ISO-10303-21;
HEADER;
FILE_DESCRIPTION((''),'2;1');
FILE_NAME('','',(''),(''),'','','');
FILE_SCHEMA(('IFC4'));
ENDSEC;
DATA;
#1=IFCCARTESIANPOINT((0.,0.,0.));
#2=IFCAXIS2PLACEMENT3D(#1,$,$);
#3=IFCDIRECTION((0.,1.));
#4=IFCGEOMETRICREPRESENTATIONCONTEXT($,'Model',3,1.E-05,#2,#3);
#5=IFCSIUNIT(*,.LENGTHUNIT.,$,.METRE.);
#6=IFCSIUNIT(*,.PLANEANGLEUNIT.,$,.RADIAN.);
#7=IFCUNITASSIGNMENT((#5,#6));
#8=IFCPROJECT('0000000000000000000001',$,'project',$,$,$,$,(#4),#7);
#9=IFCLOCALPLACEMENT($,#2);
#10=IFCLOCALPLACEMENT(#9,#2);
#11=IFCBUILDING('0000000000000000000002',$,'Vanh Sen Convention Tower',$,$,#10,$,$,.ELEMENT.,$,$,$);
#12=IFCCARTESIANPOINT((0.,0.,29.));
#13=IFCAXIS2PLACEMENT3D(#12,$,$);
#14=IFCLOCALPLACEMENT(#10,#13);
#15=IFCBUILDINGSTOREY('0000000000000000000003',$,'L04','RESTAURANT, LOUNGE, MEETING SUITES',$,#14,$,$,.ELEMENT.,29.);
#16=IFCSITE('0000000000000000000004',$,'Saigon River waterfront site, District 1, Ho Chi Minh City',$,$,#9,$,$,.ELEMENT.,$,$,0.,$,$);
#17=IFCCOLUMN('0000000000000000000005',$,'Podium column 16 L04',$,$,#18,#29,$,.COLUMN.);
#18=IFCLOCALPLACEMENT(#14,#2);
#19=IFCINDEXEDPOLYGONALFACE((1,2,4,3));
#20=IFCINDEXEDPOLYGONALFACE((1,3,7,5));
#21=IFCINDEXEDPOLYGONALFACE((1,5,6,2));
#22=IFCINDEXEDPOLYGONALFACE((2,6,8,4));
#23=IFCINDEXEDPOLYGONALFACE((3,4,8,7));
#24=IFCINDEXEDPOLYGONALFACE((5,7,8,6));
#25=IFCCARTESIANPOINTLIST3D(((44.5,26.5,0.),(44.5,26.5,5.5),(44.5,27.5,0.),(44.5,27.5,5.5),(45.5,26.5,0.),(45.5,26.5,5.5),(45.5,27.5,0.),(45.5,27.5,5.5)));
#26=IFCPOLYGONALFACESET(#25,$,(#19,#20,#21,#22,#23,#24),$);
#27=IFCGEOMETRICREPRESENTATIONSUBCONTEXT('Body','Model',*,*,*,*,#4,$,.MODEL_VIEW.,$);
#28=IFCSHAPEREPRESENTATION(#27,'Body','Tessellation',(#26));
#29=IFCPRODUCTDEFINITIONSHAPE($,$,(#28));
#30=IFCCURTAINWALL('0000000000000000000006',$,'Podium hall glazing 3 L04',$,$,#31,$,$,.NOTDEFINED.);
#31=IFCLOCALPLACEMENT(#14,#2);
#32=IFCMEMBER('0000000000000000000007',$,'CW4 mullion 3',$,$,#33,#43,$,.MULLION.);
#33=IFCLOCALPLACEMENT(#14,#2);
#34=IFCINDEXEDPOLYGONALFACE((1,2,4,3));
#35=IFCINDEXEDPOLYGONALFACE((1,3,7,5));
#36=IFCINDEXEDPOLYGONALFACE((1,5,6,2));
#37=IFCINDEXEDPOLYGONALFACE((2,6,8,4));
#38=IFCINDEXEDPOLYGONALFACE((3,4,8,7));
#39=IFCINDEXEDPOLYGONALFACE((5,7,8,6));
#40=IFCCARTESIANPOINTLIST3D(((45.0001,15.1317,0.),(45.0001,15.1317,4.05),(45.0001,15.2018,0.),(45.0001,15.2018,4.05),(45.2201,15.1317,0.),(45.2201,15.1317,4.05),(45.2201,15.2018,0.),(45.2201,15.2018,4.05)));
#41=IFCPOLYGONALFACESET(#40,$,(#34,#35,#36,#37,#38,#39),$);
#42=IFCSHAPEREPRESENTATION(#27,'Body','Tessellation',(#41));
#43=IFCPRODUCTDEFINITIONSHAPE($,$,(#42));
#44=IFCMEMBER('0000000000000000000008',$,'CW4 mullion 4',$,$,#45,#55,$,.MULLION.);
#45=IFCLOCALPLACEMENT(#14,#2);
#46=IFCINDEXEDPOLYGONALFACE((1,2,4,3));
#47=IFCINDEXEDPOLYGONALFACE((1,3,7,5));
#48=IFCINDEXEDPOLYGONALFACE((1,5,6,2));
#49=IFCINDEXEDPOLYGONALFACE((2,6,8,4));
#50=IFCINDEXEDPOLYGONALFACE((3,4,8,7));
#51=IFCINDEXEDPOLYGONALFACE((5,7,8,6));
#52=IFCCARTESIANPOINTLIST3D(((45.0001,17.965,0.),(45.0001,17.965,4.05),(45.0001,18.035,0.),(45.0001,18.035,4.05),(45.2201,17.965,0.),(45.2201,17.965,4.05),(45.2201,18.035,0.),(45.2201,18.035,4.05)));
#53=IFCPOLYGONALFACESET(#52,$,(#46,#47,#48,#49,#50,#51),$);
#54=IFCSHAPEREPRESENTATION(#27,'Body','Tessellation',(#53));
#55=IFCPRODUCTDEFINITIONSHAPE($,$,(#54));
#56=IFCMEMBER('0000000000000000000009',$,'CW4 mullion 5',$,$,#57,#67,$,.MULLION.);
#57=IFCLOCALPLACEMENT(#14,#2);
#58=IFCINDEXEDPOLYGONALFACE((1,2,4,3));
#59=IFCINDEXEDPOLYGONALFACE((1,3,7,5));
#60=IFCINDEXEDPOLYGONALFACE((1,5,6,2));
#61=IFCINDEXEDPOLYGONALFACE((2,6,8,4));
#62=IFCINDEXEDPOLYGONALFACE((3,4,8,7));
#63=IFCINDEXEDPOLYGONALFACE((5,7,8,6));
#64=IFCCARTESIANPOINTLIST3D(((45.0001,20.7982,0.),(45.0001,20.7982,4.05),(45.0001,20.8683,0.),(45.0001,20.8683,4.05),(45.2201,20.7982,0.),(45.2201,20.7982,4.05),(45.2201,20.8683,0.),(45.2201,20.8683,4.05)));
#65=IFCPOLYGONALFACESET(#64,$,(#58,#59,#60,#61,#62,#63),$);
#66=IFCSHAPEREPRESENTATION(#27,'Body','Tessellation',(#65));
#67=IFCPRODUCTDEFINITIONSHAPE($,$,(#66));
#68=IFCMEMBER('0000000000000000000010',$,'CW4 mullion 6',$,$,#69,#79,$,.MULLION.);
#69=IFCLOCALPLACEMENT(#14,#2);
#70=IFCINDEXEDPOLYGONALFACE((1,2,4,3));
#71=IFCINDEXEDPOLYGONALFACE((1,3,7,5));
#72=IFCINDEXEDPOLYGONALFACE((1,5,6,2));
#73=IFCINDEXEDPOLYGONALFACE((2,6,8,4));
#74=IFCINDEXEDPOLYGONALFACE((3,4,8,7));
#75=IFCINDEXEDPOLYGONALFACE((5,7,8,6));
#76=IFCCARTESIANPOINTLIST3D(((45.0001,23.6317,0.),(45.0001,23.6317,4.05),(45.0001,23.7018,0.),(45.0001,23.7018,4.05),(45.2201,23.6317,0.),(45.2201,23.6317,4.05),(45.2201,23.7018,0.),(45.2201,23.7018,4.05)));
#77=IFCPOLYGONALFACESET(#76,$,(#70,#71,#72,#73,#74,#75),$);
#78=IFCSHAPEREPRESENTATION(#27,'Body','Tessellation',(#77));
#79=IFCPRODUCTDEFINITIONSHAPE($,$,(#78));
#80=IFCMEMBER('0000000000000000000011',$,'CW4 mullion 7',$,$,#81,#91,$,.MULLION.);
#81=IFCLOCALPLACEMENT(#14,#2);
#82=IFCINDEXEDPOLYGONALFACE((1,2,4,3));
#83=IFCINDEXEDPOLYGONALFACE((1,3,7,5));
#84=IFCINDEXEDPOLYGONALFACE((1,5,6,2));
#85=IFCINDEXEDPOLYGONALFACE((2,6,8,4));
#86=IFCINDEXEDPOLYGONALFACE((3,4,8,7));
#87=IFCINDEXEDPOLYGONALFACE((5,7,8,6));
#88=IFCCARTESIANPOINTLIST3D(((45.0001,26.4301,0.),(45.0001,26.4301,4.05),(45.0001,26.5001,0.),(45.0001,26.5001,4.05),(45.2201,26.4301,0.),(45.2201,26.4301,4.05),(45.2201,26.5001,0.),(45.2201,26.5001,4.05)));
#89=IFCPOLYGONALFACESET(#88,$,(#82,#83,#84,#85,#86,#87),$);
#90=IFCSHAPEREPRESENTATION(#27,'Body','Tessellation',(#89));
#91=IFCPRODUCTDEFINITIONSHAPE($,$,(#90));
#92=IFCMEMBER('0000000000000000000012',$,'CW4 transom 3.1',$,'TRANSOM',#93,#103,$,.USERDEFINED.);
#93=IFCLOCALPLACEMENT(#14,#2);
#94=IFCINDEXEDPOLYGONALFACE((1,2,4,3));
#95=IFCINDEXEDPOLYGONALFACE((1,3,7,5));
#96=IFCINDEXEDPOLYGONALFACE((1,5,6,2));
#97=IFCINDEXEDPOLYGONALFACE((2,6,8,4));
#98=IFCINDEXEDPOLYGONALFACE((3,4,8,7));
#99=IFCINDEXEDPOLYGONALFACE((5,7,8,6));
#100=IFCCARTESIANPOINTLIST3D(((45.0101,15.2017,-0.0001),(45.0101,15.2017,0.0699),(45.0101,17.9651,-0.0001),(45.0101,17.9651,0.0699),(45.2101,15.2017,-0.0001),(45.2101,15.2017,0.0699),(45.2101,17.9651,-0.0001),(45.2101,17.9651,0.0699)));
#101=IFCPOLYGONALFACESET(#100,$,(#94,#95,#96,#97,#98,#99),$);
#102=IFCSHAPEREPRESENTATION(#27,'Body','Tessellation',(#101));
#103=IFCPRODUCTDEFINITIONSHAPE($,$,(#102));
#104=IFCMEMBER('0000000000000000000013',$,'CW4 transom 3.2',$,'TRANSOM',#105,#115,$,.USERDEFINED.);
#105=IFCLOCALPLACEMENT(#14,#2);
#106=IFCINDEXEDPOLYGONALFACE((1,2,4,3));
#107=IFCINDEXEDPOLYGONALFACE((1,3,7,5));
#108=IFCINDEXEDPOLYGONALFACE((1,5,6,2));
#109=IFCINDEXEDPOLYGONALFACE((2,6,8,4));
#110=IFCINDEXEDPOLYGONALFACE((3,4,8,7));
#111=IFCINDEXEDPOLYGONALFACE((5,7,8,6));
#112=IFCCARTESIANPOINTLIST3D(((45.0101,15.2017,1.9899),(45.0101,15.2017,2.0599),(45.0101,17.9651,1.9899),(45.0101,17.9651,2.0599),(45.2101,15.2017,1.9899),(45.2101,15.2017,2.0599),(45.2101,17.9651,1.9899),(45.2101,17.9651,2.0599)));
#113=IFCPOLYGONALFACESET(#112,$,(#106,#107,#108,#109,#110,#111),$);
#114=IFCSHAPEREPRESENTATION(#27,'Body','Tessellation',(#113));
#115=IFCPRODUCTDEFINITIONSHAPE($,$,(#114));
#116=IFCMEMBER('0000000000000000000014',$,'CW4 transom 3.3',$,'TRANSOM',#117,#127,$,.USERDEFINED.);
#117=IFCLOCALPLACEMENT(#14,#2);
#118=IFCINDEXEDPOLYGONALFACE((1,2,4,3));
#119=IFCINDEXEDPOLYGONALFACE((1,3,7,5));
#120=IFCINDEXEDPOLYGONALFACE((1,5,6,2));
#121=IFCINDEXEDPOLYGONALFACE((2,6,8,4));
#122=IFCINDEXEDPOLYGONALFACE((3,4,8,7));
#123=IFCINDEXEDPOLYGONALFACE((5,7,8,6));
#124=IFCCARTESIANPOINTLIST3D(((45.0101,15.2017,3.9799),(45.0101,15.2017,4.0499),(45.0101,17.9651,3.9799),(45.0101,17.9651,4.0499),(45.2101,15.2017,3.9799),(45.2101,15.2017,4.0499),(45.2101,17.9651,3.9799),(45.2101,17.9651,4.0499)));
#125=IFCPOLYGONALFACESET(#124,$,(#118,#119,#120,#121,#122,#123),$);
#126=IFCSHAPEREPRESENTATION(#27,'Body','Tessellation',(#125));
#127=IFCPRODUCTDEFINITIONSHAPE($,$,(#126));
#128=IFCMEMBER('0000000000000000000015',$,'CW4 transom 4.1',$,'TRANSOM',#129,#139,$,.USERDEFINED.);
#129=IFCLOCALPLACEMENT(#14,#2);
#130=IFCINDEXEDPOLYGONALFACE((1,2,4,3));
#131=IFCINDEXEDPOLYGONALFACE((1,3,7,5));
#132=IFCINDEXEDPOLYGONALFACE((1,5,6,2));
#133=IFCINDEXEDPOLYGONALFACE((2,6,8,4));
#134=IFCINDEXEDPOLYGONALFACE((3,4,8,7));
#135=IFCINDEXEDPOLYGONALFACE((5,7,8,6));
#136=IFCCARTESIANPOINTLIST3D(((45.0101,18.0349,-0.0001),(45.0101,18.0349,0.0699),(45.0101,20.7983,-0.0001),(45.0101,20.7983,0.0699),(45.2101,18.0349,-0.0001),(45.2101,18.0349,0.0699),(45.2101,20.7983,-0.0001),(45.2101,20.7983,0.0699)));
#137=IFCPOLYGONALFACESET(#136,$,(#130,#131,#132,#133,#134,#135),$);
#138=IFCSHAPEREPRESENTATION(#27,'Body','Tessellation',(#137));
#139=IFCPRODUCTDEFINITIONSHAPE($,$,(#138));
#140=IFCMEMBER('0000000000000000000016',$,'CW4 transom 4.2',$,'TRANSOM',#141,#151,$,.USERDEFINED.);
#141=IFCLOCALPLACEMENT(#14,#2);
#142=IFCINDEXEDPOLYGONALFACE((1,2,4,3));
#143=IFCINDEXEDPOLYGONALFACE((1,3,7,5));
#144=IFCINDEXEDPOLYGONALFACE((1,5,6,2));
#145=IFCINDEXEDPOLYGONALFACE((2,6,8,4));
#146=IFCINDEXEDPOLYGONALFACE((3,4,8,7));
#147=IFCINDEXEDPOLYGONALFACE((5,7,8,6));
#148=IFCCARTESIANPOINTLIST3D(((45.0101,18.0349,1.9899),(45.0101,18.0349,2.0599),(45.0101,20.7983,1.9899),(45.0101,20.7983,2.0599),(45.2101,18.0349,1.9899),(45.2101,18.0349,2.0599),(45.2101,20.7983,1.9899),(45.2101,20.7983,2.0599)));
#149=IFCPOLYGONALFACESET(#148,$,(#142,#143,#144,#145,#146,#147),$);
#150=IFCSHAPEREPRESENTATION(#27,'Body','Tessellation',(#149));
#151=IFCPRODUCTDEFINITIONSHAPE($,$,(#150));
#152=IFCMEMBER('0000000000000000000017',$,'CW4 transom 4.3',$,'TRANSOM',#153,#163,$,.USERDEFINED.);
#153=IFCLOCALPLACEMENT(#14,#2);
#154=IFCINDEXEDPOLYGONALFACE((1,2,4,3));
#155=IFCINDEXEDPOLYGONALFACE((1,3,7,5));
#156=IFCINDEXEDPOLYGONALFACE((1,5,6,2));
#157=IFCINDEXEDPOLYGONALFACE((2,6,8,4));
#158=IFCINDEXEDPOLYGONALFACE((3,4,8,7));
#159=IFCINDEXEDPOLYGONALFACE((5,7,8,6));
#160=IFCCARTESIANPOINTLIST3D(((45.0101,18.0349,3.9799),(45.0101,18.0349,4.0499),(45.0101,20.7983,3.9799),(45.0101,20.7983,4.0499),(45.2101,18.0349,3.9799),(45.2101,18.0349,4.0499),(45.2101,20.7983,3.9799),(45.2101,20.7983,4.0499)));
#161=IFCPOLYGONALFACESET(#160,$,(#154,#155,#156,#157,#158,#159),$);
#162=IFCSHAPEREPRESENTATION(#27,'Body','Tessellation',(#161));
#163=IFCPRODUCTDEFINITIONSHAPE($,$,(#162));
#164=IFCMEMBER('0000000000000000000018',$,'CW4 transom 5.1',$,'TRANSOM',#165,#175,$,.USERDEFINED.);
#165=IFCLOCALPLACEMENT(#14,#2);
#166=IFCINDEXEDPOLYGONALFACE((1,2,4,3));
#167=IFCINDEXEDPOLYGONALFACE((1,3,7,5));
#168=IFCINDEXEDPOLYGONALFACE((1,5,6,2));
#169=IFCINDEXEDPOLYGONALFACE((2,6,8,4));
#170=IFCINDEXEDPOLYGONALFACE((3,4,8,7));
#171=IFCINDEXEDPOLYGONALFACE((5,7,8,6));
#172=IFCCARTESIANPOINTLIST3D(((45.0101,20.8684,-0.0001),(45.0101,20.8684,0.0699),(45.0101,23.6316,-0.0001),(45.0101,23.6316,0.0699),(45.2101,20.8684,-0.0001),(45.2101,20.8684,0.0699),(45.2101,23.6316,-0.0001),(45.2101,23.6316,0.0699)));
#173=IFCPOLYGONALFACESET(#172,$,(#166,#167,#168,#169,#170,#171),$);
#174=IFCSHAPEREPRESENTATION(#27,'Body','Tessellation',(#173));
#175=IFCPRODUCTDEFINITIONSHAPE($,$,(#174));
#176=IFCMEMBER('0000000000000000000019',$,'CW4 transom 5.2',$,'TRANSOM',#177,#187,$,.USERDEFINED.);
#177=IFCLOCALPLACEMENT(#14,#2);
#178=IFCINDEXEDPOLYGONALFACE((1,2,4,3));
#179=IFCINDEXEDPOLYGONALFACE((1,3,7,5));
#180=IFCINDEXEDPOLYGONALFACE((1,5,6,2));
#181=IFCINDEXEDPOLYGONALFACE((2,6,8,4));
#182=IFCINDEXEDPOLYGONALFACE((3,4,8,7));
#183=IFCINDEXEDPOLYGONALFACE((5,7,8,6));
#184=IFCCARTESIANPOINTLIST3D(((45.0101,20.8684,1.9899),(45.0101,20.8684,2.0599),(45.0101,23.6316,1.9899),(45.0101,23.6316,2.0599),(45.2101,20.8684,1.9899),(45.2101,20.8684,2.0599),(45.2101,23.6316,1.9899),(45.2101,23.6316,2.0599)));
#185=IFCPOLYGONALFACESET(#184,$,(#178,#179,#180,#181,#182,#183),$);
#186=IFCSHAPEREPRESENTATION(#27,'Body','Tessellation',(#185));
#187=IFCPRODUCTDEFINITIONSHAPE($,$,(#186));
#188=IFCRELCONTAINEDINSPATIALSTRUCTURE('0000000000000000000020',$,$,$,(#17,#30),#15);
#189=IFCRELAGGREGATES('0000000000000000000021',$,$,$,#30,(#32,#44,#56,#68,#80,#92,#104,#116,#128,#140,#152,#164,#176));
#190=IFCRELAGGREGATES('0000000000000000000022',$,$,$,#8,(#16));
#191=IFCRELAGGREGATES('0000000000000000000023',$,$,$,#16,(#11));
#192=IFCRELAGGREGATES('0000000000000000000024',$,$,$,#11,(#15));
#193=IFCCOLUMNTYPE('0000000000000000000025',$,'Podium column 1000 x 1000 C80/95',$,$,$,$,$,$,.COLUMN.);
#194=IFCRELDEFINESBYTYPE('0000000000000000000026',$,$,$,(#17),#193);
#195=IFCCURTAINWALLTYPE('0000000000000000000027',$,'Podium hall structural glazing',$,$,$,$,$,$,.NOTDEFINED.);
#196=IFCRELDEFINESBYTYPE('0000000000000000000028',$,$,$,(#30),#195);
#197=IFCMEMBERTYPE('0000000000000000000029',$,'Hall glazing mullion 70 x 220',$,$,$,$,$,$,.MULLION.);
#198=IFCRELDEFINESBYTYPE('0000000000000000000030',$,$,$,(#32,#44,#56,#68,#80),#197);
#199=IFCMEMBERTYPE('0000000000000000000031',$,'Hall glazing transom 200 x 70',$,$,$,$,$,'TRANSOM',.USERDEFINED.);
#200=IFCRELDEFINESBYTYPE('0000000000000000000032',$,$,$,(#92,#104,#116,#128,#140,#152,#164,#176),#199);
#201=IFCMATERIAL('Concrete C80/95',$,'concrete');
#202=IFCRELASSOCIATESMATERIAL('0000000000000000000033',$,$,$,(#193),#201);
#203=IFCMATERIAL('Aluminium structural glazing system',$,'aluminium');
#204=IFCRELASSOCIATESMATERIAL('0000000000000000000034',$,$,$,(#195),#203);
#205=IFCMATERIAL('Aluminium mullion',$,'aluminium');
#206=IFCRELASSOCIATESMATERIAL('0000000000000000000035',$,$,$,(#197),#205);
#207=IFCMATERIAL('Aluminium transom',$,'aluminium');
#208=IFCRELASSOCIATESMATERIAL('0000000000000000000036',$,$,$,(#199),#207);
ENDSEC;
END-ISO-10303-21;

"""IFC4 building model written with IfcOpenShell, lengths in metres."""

from ifc_helpers import new_model, si_unit, direction, frame, origin, origin_2d, place, context, subcontext, project, spatial, rectangle, extrude, material, material_profile, profile_set, type_object, element, aggregate, save


model = new_model("IFC4")

# Units and contexts
model_context = context("Model", 3, precision=1e-05, world=origin(), true_north=direction((0.0, 1.0)))
body_context = subcontext(model_context, "Body", "Model", "MODEL_VIEW")
ifc_project = project(units=[si_unit("LENGTHUNIT", "METRE"), si_unit("PLANEANGLEUNIT", "RADIAN")], contexts=[model_context])

# Site, building, storey
site_placement = place(None, origin())
site = spatial("IfcSite", under=ifc_project, at=site_placement, Name="Saigon River waterfront site, District 1, Ho Chi Minh City", CompositionType="ELEMENT", RefElevation=0.0)
building_placement = place(site_placement, origin())
building = spatial("IfcBuilding", under=site, at=building_placement, Name="Vanh Sen Convention Tower", CompositionType="ELEMENT")
storey_placement = place(building_placement, frame((0.0, 0.0, 29.0)))
storey = spatial("IfcBuildingStorey", under=building, at=storey_placement, Name="L04", Description="RESTAURANT, LOUNGE, MEETING SUITES", CompositionType="ELEMENT", Elevation=29.0)

# Column
ifc_material_1 = material(Name="Concrete C80/95", Category="concrete")
ifc_material_profile_1 = material_profile(ifc_material_1, rectangle(XDim=1.0, YDim=1.0, at=origin_2d()), Name="RC 1000X1000")
ifc_profile_set_1 = profile_set([ifc_material_profile_1], Name="Concrete C80/95")
column_type = type_object("IfcColumnType", Name="Podium column 1000 x 1000 C80/95", PredefinedType="COLUMN", material=ifc_profile_set_1)
column_placement = place(storey_placement, frame((45.0, 27.0, 0.0), z_axis=(0.0, 0.0, 1.0), x_axis=(1.0, 0.0, 0.0)))
element("IfcColumn", 1, at=column_placement, inside=storey, type_object=column_type, Name="Podium column 16 L04", PredefinedType="COLUMN", context=body_context, shape_type="SweptSolid", body=[
    extrude(rectangle(XDim=1.0, YDim=1.0, at=origin_2d()), origin(), (0.0, 0.0, 1.0), 5.5),
])

# Curtain wall, members
ifc_material_2 = material(Name="Aluminium structural glazing system", Category="aluminium")
curtain_wall_type = type_object("IfcCurtainWallType", Name="Podium hall structural glazing", PredefinedType="NOTDEFINED", material=ifc_material_2)
curtain_wall_placement = place(storey_placement, origin())
curtain_wall = element("IfcCurtainWall", 2, at=curtain_wall_placement, inside=storey, type_object=curtain_wall_type, Name="Podium hall glazing 3 L04", PredefinedType="NOTDEFINED")
ifc_material_3 = material(Name="Aluminium mullion", Category="aluminium")
ifc_material_profile_2 = material_profile(ifc_material_3, rectangle(XDim=0.22, YDim=0.0701, at=origin_2d()), Name="Hall glazing mullion 70 x 220")
ifc_profile_set_2 = profile_set([ifc_material_profile_2], Name="Aluminium mullion")
member_type_1 = type_object("IfcMemberType", Name="Hall glazing mullion 70 x 220", PredefinedType="MULLION", material=ifc_profile_set_2)
member_1_placement = place(storey_placement, frame((45.1101, 15.1667, 0.0), z_axis=(0.0, 0.0, 1.0), x_axis=(-1.0, 0.0, 0.0)))
member_1 = element("IfcMember", 3, at=member_1_placement, type_object=member_type_1, Name="CW4 mullion 3", PredefinedType="MULLION", context=body_context, shape_type="SweptSolid", body=[
    extrude(rectangle(XDim=0.22, YDim=0.0701, at=origin_2d()), origin(), (0.0, 0.0, 1.0), 4.05),
])
member_2_placement = place(storey_placement, frame((45.1101, 18.0, 0.0), z_axis=(0.0, 0.0, 1.0), x_axis=(-1.0, 0.0, 0.0)))
member_2 = element("IfcMember", 4, at=member_2_placement, type_object=member_type_1, Name="CW4 mullion 4", PredefinedType="MULLION", context=body_context, shape_type="SweptSolid", body=[
    extrude(rectangle(XDim=0.22, YDim=0.0701, at=origin_2d()), origin(), (0.0, 0.0, 1.0), 4.05),
])
member_3_placement = place(storey_placement, frame((45.1101, 20.8333, 0.0), z_axis=(0.0, 0.0, 1.0), x_axis=(-1.0, 0.0, 0.0)))
member_3 = element("IfcMember", 5, at=member_3_placement, type_object=member_type_1, Name="CW4 mullion 5", PredefinedType="MULLION", context=body_context, shape_type="SweptSolid", body=[
    extrude(rectangle(XDim=0.22, YDim=0.0701, at=origin_2d()), origin(), (0.0, 0.0, 1.0), 4.05),
])
member_4_placement = place(storey_placement, frame((45.1101, 23.6667, 0.0), z_axis=(0.0, 0.0, 1.0), x_axis=(-1.0, 0.0, 0.0)))
member_4 = element("IfcMember", 6, at=member_4_placement, type_object=member_type_1, Name="CW4 mullion 6", PredefinedType="MULLION", context=body_context, shape_type="SweptSolid", body=[
    extrude(rectangle(XDim=0.22, YDim=0.0701, at=origin_2d()), origin(), (0.0, 0.0, 1.0), 4.05),
])
member_5_placement = place(storey_placement, frame((45.1101, 26.4651, 0.0), z_axis=(0.0, 0.0, 1.0), x_axis=(-1.0, 0.0, 0.0)))
member_5 = element("IfcMember", 7, at=member_5_placement, type_object=member_type_1, Name="CW4 mullion 7", PredefinedType="MULLION", context=body_context, shape_type="SweptSolid", body=[
    extrude(rectangle(XDim=0.22, YDim=0.0701, at=origin_2d()), origin(), (0.0, 0.0, 1.0), 4.05),
])
ifc_material_4 = material(Name="Aluminium transom", Category="aluminium")
ifc_material_profile_3 = material_profile(ifc_material_4, rectangle(XDim=0.2, YDim=0.0701, at=origin_2d()), Name="Hall glazing transom 200 x 70")
ifc_profile_set_3 = profile_set([ifc_material_profile_3], Name="Aluminium transom")
member_type_2 = type_object("IfcMemberType", Name="Hall glazing transom 200 x 70", ElementType="TRANSOM", PredefinedType="USERDEFINED", material=ifc_profile_set_3)
member_6_placement = place(storey_placement, frame((45.1101, 15.2017, 0.0349), z_axis=(0.0, 1.0, 0.0), x_axis=(-1.0, 0.0, 0.0)))
member_6 = element("IfcMember", 8, at=member_6_placement, type_object=member_type_2, Name="CW4 transom 3.1", ObjectType="TRANSOM", PredefinedType="USERDEFINED", context=body_context, shape_type="SweptSolid", body=[
    extrude(rectangle(XDim=0.2, YDim=0.0701, at=origin_2d()), origin(), (0.0, 0.0, 1.0), 2.7634),
])
member_7_placement = place(storey_placement, frame((45.1101, 15.2017, 2.0249), z_axis=(0.0, 1.0, 0.0), x_axis=(-1.0, 0.0, 0.0)))
member_7 = element("IfcMember", 9, at=member_7_placement, type_object=member_type_2, Name="CW4 transom 3.2", ObjectType="TRANSOM", PredefinedType="USERDEFINED", context=body_context, shape_type="SweptSolid", body=[
    extrude(rectangle(XDim=0.2, YDim=0.0701, at=origin_2d()), origin(), (0.0, 0.0, 1.0), 2.7634),
])
member_8_placement = place(storey_placement, frame((45.1101, 15.2017, 4.0149), z_axis=(0.0, 1.0, 0.0), x_axis=(-1.0, 0.0, 0.0)))
member_8 = element("IfcMember", 10, at=member_8_placement, type_object=member_type_2, Name="CW4 transom 3.3", ObjectType="TRANSOM", PredefinedType="USERDEFINED", context=body_context, shape_type="SweptSolid", body=[
    extrude(rectangle(XDim=0.2, YDim=0.0701, at=origin_2d()), origin(), (0.0, 0.0, 1.0), 2.7634),
])
member_9_placement = place(storey_placement, frame((45.1101, 18.0349, 0.0349), z_axis=(0.0, 1.0, 0.0), x_axis=(-1.0, 0.0, 0.0)))
member_9 = element("IfcMember", 11, at=member_9_placement, type_object=member_type_2, Name="CW4 transom 4.1", ObjectType="TRANSOM", PredefinedType="USERDEFINED", context=body_context, shape_type="SweptSolid", body=[
    extrude(rectangle(XDim=0.2, YDim=0.0701, at=origin_2d()), origin(), (0.0, 0.0, 1.0), 2.7634),
])
member_10_placement = place(storey_placement, frame((45.1101, 18.0349, 2.0249), z_axis=(0.0, 1.0, 0.0), x_axis=(-1.0, 0.0, 0.0)))
member_10 = element("IfcMember", 12, at=member_10_placement, type_object=member_type_2, Name="CW4 transom 4.2", ObjectType="TRANSOM", PredefinedType="USERDEFINED", context=body_context, shape_type="SweptSolid", body=[
    extrude(rectangle(XDim=0.2, YDim=0.0701, at=origin_2d()), origin(), (0.0, 0.0, 1.0), 2.7634),
])
member_11_placement = place(storey_placement, frame((45.1101, 18.0349, 4.0149), z_axis=(0.0, 1.0, 0.0), x_axis=(-1.0, 0.0, 0.0)))
member_11 = element("IfcMember", 13, at=member_11_placement, type_object=member_type_2, Name="CW4 transom 4.3", ObjectType="TRANSOM", PredefinedType="USERDEFINED", context=body_context, shape_type="SweptSolid", body=[
    extrude(rectangle(XDim=0.2, YDim=0.0701, at=origin_2d()), origin(), (0.0, 0.0, 1.0), 2.7634),
])
member_12_placement = place(storey_placement, frame((45.1101, 20.8684, 0.0349), z_axis=(0.0, 1.0, 0.0), x_axis=(-1.0, 0.0, 0.0)))
member_12 = element("IfcMember", 14, at=member_12_placement, type_object=member_type_2, Name="CW4 transom 5.1", ObjectType="TRANSOM", PredefinedType="USERDEFINED", context=body_context, shape_type="SweptSolid", body=[
    extrude(rectangle(XDim=0.2, YDim=0.0701, at=origin_2d()), origin(), (0.0, 0.0, 1.0), 2.7632),
])
member_13_placement = place(storey_placement, frame((45.1101, 20.8684, 2.0249), z_axis=(0.0, 1.0, 0.0), x_axis=(-1.0, 0.0, 0.0)))
member_13 = element("IfcMember", 15, at=member_13_placement, type_object=member_type_2, Name="CW4 transom 5.2", ObjectType="TRANSOM", PredefinedType="USERDEFINED", context=body_context, shape_type="SweptSolid", body=[
    extrude(rectangle(XDim=0.2, YDim=0.0701, at=origin_2d()), origin(), (0.0, 0.0, 1.0), 2.7632),
])
aggregate(curtain_wall, [member_1, member_2, member_3, member_4, member_5, member_6, member_7, member_8, member_9, member_10, member_11, member_12, member_13])

save(model, "model.ifc")
